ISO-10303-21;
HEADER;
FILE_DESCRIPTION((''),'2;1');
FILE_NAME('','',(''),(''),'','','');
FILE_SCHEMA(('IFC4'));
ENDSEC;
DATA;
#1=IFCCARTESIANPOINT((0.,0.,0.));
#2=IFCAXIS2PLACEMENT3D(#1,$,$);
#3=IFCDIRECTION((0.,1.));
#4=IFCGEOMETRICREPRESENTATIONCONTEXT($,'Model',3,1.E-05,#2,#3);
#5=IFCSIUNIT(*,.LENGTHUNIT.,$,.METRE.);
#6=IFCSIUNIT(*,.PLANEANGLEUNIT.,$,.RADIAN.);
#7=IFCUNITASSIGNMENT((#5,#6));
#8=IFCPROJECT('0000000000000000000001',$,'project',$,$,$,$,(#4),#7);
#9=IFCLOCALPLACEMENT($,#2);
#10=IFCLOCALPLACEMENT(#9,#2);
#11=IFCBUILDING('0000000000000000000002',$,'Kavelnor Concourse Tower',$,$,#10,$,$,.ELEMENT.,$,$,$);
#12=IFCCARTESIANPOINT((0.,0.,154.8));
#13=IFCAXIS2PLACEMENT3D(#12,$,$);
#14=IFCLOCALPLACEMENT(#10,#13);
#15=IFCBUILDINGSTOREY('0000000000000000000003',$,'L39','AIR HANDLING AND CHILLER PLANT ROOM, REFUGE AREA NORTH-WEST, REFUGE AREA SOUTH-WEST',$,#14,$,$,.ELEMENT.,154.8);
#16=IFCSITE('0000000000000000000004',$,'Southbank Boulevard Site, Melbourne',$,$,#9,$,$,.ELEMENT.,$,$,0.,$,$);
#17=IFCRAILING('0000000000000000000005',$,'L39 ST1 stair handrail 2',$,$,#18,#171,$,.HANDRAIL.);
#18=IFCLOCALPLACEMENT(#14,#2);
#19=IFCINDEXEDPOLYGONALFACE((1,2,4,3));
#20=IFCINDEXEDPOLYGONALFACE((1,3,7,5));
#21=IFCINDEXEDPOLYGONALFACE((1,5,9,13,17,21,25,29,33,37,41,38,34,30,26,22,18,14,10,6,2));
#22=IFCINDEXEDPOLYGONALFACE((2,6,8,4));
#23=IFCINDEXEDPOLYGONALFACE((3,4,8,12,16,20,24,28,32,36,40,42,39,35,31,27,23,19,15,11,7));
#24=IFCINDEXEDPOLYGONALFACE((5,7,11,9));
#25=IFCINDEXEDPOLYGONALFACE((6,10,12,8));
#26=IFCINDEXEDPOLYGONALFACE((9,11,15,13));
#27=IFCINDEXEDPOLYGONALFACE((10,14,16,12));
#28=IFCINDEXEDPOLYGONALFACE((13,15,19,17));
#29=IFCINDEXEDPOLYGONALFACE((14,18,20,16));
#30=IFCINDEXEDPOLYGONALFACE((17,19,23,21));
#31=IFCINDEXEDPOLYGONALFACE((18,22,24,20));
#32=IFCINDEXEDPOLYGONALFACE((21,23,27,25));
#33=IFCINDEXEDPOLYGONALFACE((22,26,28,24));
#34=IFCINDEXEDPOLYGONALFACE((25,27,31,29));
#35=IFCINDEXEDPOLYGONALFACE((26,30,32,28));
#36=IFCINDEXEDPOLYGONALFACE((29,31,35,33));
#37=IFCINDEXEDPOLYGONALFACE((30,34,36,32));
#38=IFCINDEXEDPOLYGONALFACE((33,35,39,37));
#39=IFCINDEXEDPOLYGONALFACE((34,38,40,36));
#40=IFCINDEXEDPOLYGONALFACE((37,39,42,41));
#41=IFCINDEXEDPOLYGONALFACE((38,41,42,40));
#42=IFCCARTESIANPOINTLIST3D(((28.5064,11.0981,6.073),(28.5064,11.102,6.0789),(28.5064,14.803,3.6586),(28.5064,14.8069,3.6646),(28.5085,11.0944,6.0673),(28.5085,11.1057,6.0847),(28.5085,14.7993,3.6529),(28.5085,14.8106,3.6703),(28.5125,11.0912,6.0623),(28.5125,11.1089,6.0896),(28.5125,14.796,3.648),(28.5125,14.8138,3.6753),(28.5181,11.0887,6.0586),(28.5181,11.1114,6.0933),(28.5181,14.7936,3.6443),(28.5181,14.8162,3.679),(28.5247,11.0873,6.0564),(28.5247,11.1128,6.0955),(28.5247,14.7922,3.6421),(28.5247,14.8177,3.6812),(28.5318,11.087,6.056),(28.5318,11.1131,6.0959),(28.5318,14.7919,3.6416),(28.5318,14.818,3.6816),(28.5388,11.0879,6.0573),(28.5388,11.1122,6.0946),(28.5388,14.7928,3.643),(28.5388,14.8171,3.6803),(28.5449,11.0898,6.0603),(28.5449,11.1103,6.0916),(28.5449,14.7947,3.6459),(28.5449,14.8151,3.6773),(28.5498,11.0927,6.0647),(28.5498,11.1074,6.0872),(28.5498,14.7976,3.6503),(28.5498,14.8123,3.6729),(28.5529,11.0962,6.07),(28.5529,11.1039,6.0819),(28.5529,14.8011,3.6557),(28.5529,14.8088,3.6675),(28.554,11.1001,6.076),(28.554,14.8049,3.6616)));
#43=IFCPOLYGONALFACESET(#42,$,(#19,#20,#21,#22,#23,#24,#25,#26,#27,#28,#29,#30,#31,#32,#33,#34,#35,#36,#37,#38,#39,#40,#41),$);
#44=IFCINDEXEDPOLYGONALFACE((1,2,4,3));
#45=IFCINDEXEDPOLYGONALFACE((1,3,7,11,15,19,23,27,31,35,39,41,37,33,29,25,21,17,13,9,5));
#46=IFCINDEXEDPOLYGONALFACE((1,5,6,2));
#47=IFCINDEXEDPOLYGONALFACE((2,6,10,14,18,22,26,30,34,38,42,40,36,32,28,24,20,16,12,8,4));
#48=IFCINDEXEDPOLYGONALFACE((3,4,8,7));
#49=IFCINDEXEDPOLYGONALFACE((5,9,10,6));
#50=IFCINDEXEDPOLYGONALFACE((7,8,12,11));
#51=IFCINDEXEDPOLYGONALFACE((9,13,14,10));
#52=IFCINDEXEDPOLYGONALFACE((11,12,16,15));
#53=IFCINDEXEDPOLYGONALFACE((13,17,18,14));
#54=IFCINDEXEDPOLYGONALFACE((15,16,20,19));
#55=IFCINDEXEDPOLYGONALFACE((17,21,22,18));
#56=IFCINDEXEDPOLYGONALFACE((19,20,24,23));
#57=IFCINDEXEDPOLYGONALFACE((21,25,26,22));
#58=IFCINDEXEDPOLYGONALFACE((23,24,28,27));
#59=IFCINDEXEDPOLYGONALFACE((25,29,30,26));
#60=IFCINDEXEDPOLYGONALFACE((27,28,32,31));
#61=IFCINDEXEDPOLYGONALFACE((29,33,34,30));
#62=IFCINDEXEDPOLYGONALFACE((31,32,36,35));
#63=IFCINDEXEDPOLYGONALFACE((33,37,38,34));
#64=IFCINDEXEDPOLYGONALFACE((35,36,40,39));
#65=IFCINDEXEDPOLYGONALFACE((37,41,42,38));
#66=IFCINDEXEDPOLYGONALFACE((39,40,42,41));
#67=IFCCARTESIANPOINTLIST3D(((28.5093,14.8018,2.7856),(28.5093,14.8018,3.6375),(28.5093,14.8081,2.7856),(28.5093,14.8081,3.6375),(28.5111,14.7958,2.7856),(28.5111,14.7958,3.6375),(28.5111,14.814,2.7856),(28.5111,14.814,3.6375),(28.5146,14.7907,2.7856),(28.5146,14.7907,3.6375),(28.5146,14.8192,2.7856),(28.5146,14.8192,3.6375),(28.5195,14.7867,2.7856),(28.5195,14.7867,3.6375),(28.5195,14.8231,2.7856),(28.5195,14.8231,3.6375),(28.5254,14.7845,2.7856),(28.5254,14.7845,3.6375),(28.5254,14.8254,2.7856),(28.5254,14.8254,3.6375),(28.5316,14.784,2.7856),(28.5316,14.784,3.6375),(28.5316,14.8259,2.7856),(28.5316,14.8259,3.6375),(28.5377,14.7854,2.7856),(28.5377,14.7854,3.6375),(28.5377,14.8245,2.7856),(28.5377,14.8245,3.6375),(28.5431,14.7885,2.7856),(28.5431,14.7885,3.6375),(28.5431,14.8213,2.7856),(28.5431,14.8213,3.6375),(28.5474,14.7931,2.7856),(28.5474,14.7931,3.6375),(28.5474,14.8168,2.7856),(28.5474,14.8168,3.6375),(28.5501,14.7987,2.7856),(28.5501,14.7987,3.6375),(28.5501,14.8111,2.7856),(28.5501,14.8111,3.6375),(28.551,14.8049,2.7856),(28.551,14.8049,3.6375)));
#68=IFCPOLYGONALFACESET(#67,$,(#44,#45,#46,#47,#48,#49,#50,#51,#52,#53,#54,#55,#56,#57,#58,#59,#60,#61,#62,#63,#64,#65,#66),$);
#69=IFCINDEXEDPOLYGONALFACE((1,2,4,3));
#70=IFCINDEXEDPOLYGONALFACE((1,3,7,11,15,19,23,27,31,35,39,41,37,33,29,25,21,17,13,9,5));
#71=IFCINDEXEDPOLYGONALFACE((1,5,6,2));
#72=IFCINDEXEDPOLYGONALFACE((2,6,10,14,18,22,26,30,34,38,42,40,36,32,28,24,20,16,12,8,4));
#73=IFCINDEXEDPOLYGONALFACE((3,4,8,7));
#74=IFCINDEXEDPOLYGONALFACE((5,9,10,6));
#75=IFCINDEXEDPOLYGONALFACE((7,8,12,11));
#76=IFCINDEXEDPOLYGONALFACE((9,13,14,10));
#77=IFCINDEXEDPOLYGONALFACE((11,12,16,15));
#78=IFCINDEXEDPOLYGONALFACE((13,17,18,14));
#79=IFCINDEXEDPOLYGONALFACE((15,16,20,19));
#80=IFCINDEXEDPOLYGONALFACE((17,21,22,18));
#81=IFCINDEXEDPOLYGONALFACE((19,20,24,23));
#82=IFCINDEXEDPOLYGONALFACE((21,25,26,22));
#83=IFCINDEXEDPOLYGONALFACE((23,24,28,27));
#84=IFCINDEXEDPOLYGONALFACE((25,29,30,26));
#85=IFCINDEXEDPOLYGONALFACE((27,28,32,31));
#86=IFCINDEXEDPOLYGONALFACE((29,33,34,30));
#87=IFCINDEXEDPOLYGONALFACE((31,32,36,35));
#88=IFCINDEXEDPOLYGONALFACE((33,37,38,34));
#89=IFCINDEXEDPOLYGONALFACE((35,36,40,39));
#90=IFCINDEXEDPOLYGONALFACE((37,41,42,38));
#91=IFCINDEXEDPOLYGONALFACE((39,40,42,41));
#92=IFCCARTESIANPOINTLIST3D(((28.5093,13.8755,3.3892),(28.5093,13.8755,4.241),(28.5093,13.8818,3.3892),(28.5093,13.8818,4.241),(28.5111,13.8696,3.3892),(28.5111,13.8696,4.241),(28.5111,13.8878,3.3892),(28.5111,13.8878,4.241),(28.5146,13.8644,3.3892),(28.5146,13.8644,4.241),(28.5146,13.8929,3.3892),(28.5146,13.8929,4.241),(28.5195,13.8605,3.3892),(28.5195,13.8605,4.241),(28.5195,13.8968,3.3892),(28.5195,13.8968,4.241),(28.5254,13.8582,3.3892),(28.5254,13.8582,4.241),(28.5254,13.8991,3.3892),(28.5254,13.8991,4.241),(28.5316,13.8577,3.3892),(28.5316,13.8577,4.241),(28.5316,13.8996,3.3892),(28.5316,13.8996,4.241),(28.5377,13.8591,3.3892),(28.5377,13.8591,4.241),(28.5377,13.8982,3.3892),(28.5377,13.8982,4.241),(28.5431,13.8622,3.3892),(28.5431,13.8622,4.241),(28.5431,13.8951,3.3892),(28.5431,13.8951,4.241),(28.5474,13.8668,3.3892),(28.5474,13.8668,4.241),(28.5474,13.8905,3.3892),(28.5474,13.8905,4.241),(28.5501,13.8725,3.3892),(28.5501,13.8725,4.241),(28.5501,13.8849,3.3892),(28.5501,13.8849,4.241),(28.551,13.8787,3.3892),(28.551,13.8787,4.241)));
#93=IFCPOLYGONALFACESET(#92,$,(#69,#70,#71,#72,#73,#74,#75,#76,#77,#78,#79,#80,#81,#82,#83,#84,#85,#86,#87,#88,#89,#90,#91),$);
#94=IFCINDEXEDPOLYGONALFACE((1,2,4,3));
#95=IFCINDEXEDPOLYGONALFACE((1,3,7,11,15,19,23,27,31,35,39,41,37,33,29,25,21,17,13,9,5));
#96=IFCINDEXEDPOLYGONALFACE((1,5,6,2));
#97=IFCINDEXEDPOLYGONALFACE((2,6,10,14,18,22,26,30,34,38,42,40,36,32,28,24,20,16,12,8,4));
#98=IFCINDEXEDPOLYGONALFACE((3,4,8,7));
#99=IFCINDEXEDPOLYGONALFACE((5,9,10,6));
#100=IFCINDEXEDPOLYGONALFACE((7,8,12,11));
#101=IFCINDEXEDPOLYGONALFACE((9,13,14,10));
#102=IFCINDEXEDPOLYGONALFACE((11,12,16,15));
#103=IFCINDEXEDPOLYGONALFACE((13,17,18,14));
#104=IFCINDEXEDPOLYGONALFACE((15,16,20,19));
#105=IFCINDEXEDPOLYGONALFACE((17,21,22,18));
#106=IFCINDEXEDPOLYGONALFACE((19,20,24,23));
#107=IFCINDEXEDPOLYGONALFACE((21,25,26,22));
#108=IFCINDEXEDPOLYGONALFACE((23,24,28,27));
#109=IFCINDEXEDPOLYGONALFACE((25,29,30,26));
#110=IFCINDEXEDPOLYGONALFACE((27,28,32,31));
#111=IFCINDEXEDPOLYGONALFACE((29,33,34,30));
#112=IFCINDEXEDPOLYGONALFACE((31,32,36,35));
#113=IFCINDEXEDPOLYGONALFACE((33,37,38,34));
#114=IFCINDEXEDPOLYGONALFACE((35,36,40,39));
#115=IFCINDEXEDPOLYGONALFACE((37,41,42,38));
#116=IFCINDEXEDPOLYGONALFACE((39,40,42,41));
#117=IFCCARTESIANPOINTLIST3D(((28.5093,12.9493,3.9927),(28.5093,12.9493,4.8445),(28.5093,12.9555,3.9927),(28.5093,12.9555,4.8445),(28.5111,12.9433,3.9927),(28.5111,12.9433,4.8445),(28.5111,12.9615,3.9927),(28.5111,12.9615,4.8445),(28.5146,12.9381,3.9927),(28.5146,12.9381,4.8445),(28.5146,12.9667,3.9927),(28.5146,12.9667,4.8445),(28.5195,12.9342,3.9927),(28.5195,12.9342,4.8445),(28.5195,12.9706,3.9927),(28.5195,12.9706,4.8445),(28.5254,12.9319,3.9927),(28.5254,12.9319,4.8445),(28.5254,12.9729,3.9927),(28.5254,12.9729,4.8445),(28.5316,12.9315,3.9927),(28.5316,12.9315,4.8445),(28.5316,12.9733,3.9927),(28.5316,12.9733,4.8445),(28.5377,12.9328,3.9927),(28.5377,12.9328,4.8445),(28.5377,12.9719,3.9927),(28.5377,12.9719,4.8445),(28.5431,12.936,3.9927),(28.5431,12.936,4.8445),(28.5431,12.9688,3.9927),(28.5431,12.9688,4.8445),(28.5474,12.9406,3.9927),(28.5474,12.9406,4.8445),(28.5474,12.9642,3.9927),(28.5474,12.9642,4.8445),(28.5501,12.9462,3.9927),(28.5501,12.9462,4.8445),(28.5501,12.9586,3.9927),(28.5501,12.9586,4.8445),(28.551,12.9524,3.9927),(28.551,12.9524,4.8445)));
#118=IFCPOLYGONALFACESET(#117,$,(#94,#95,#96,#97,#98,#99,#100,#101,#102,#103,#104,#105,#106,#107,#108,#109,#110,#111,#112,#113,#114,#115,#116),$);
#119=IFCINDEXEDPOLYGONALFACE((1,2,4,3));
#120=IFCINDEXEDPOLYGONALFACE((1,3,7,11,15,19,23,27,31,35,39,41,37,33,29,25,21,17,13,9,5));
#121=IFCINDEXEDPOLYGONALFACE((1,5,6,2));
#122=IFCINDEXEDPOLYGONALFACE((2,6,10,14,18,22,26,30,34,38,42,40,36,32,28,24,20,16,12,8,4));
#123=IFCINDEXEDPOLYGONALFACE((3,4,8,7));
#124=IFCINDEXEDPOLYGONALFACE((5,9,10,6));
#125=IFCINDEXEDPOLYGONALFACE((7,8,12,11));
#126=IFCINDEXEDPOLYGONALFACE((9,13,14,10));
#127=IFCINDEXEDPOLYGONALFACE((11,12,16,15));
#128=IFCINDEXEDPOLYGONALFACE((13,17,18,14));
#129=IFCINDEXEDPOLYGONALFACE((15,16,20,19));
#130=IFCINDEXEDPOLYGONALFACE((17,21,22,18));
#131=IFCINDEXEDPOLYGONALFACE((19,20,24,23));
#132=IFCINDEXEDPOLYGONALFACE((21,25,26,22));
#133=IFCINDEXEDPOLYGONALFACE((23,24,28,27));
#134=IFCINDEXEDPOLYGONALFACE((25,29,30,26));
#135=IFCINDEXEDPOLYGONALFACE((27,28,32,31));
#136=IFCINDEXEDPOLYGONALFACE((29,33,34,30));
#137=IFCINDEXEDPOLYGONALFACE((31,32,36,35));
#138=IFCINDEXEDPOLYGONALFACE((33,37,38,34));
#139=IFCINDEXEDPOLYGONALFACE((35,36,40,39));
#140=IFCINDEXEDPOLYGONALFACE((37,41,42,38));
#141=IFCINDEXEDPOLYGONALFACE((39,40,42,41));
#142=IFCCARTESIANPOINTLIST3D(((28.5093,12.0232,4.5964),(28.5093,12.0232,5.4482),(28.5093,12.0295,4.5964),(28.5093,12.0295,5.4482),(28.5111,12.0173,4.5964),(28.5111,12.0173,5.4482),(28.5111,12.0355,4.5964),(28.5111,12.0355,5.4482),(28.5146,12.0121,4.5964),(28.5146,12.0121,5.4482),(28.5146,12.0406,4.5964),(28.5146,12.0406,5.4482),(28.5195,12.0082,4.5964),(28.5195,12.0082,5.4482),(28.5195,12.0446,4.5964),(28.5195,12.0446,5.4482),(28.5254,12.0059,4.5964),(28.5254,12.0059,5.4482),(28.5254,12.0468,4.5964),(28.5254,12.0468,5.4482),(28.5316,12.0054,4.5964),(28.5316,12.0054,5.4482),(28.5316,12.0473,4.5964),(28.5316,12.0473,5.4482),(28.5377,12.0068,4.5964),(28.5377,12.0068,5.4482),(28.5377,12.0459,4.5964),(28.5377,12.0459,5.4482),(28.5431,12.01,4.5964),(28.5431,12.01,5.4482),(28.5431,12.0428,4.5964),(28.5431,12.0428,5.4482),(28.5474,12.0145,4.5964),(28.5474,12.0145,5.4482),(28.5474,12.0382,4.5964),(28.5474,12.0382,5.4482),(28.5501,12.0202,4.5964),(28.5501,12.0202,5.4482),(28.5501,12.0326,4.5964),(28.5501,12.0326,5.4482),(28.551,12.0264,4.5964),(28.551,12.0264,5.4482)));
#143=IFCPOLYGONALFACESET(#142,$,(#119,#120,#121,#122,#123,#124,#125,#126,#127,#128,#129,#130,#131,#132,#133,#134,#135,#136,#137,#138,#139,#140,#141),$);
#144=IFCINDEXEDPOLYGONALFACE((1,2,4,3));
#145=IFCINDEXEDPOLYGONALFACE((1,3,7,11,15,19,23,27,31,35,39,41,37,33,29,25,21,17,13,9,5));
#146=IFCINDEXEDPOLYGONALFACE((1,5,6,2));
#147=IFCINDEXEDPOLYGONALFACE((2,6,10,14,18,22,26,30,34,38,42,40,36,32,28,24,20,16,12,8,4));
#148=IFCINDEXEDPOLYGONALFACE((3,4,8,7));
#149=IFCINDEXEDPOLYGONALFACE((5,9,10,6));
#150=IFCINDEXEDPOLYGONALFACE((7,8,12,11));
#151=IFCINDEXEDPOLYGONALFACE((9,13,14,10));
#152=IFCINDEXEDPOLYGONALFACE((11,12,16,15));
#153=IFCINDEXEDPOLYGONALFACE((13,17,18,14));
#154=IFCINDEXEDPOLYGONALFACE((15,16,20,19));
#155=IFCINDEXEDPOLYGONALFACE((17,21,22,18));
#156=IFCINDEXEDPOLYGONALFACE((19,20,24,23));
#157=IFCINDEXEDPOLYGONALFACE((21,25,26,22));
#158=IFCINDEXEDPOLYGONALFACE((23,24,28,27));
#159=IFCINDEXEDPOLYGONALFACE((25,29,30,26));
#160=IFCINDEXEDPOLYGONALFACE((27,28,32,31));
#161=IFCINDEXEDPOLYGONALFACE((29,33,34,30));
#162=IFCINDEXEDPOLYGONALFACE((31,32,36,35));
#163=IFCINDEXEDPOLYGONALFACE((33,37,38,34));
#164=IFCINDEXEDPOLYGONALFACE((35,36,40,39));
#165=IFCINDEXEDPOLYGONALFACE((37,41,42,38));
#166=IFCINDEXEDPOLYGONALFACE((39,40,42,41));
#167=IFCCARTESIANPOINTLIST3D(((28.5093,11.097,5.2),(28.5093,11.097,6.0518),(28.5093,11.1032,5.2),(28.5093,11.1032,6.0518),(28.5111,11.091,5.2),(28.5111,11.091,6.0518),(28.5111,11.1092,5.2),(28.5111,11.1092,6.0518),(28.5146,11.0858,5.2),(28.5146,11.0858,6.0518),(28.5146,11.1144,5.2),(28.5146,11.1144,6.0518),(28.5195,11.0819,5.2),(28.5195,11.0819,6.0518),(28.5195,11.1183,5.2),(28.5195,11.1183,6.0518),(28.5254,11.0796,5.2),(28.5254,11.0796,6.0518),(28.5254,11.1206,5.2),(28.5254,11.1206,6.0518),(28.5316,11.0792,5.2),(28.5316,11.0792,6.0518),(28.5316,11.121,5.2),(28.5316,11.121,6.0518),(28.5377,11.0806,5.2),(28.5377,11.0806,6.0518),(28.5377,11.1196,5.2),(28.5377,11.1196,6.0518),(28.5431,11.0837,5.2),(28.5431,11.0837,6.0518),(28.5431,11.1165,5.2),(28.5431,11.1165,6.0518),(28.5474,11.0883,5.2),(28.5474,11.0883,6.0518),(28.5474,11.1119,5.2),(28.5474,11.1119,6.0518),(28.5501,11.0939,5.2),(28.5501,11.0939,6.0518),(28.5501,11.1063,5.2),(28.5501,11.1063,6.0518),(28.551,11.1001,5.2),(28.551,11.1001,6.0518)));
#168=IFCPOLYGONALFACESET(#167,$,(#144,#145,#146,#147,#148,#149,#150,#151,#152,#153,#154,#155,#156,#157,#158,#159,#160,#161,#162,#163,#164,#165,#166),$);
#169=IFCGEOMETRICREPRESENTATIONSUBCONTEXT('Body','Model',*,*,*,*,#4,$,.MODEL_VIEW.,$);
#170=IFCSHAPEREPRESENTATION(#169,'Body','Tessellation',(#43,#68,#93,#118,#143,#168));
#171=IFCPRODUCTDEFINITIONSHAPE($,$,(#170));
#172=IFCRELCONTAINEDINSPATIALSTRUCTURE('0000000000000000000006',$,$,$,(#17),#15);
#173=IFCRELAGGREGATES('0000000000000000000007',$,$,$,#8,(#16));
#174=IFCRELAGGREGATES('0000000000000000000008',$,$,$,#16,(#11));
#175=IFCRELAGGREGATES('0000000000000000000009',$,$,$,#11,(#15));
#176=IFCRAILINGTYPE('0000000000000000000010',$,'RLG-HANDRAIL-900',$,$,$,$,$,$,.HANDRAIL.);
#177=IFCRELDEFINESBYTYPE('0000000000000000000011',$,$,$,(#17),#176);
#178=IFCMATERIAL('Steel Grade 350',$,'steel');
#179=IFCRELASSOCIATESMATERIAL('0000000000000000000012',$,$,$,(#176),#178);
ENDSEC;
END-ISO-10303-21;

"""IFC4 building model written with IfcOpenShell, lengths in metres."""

from ifc_helpers import new_model, si_unit, direction, frame, origin, origin_2d, place, context, subcontext, project, spatial, circle, extrude, material, type_object, element, save


model = new_model("IFC4")

# Units and contexts
model_context = context("Model", 3, precision=1e-05, world=origin(), true_north=direction((0.0, 1.0)))
body_context = subcontext(model_context, "Body", "Model", "MODEL_VIEW")
ifc_project = project(units=[si_unit("LENGTHUNIT", "METRE"), si_unit("PLANEANGLEUNIT", "RADIAN")], contexts=[model_context])

# Site, building, storey
site_placement = place(None, origin())
site = spatial("IfcSite", under=ifc_project, at=site_placement, Name="Southbank Boulevard Site, Melbourne", CompositionType="ELEMENT", RefElevation=0.0)
building_placement = place(site_placement, origin())
building = spatial("IfcBuilding", under=site, at=building_placement, Name="Kavelnor Concourse Tower", CompositionType="ELEMENT")
storey_placement = place(building_placement, frame((0.0, 0.0, 154.8)))
storey = spatial("IfcBuildingStorey", under=building, at=storey_placement, Name="L39", Description="AIR HANDLING AND CHILLER PLANT ROOM, REFUGE AREA NORTH-WEST, REFUGE AREA SOUTH-WEST", CompositionType="ELEMENT", Elevation=154.8)

# Shared definitions
ifc_material_1 = material(Name="Steel Grade 350", Category="steel")

# Railing
railing_type_1 = type_object("IfcRailingType", Name="RLG-HANDRAIL-900", PredefinedType="HANDRAIL", material=ifc_material_1)
railing_1_placement = place(storey_placement, frame((28.53, 14.8049, 2.7856)))
element("IfcRailing", 1, at=railing_1_placement, inside=storey, type_object=railing_type_1, Name="L39 ST1 stair handrail 2", PredefinedType="HANDRAIL", context=body_context, shape_type="SweptSolid", body=[
    extrude(circle(Radius=0.0239, at=origin_2d()), frame((0.0, 0.0, 0.876), z_axis=(0.0, -0.837806, 0.545968), x_axis=(1.0, 0.0, 0.0)), (0.0, 0.0, 1.0), 4.4221),
    extrude(circle(Radius=0.021, at=origin_2d()), origin(), (0.0, 0.0, 1.0), 0.8518),
    extrude(circle(Radius=0.021, at=origin_2d()), frame((0.0, -0.9263, 0.6035)), (0.0, 0.0, 1.0), 0.8518),
    extrude(circle(Radius=0.021, at=origin_2d()), frame((0.0, -1.8525, 1.207)), (0.0, 0.0, 1.0), 0.8518),
    extrude(circle(Radius=0.021, at=origin_2d()), frame((0.0, -2.7786, 1.8108)), (0.0, 0.0, 1.0), 0.8518),
    extrude(circle(Radius=0.021, at=origin_2d()), frame((0.0, -3.7048, 2.4143)), (0.0, 0.0, 1.0), 0.8518),
])

save(model, "model.ifc")
